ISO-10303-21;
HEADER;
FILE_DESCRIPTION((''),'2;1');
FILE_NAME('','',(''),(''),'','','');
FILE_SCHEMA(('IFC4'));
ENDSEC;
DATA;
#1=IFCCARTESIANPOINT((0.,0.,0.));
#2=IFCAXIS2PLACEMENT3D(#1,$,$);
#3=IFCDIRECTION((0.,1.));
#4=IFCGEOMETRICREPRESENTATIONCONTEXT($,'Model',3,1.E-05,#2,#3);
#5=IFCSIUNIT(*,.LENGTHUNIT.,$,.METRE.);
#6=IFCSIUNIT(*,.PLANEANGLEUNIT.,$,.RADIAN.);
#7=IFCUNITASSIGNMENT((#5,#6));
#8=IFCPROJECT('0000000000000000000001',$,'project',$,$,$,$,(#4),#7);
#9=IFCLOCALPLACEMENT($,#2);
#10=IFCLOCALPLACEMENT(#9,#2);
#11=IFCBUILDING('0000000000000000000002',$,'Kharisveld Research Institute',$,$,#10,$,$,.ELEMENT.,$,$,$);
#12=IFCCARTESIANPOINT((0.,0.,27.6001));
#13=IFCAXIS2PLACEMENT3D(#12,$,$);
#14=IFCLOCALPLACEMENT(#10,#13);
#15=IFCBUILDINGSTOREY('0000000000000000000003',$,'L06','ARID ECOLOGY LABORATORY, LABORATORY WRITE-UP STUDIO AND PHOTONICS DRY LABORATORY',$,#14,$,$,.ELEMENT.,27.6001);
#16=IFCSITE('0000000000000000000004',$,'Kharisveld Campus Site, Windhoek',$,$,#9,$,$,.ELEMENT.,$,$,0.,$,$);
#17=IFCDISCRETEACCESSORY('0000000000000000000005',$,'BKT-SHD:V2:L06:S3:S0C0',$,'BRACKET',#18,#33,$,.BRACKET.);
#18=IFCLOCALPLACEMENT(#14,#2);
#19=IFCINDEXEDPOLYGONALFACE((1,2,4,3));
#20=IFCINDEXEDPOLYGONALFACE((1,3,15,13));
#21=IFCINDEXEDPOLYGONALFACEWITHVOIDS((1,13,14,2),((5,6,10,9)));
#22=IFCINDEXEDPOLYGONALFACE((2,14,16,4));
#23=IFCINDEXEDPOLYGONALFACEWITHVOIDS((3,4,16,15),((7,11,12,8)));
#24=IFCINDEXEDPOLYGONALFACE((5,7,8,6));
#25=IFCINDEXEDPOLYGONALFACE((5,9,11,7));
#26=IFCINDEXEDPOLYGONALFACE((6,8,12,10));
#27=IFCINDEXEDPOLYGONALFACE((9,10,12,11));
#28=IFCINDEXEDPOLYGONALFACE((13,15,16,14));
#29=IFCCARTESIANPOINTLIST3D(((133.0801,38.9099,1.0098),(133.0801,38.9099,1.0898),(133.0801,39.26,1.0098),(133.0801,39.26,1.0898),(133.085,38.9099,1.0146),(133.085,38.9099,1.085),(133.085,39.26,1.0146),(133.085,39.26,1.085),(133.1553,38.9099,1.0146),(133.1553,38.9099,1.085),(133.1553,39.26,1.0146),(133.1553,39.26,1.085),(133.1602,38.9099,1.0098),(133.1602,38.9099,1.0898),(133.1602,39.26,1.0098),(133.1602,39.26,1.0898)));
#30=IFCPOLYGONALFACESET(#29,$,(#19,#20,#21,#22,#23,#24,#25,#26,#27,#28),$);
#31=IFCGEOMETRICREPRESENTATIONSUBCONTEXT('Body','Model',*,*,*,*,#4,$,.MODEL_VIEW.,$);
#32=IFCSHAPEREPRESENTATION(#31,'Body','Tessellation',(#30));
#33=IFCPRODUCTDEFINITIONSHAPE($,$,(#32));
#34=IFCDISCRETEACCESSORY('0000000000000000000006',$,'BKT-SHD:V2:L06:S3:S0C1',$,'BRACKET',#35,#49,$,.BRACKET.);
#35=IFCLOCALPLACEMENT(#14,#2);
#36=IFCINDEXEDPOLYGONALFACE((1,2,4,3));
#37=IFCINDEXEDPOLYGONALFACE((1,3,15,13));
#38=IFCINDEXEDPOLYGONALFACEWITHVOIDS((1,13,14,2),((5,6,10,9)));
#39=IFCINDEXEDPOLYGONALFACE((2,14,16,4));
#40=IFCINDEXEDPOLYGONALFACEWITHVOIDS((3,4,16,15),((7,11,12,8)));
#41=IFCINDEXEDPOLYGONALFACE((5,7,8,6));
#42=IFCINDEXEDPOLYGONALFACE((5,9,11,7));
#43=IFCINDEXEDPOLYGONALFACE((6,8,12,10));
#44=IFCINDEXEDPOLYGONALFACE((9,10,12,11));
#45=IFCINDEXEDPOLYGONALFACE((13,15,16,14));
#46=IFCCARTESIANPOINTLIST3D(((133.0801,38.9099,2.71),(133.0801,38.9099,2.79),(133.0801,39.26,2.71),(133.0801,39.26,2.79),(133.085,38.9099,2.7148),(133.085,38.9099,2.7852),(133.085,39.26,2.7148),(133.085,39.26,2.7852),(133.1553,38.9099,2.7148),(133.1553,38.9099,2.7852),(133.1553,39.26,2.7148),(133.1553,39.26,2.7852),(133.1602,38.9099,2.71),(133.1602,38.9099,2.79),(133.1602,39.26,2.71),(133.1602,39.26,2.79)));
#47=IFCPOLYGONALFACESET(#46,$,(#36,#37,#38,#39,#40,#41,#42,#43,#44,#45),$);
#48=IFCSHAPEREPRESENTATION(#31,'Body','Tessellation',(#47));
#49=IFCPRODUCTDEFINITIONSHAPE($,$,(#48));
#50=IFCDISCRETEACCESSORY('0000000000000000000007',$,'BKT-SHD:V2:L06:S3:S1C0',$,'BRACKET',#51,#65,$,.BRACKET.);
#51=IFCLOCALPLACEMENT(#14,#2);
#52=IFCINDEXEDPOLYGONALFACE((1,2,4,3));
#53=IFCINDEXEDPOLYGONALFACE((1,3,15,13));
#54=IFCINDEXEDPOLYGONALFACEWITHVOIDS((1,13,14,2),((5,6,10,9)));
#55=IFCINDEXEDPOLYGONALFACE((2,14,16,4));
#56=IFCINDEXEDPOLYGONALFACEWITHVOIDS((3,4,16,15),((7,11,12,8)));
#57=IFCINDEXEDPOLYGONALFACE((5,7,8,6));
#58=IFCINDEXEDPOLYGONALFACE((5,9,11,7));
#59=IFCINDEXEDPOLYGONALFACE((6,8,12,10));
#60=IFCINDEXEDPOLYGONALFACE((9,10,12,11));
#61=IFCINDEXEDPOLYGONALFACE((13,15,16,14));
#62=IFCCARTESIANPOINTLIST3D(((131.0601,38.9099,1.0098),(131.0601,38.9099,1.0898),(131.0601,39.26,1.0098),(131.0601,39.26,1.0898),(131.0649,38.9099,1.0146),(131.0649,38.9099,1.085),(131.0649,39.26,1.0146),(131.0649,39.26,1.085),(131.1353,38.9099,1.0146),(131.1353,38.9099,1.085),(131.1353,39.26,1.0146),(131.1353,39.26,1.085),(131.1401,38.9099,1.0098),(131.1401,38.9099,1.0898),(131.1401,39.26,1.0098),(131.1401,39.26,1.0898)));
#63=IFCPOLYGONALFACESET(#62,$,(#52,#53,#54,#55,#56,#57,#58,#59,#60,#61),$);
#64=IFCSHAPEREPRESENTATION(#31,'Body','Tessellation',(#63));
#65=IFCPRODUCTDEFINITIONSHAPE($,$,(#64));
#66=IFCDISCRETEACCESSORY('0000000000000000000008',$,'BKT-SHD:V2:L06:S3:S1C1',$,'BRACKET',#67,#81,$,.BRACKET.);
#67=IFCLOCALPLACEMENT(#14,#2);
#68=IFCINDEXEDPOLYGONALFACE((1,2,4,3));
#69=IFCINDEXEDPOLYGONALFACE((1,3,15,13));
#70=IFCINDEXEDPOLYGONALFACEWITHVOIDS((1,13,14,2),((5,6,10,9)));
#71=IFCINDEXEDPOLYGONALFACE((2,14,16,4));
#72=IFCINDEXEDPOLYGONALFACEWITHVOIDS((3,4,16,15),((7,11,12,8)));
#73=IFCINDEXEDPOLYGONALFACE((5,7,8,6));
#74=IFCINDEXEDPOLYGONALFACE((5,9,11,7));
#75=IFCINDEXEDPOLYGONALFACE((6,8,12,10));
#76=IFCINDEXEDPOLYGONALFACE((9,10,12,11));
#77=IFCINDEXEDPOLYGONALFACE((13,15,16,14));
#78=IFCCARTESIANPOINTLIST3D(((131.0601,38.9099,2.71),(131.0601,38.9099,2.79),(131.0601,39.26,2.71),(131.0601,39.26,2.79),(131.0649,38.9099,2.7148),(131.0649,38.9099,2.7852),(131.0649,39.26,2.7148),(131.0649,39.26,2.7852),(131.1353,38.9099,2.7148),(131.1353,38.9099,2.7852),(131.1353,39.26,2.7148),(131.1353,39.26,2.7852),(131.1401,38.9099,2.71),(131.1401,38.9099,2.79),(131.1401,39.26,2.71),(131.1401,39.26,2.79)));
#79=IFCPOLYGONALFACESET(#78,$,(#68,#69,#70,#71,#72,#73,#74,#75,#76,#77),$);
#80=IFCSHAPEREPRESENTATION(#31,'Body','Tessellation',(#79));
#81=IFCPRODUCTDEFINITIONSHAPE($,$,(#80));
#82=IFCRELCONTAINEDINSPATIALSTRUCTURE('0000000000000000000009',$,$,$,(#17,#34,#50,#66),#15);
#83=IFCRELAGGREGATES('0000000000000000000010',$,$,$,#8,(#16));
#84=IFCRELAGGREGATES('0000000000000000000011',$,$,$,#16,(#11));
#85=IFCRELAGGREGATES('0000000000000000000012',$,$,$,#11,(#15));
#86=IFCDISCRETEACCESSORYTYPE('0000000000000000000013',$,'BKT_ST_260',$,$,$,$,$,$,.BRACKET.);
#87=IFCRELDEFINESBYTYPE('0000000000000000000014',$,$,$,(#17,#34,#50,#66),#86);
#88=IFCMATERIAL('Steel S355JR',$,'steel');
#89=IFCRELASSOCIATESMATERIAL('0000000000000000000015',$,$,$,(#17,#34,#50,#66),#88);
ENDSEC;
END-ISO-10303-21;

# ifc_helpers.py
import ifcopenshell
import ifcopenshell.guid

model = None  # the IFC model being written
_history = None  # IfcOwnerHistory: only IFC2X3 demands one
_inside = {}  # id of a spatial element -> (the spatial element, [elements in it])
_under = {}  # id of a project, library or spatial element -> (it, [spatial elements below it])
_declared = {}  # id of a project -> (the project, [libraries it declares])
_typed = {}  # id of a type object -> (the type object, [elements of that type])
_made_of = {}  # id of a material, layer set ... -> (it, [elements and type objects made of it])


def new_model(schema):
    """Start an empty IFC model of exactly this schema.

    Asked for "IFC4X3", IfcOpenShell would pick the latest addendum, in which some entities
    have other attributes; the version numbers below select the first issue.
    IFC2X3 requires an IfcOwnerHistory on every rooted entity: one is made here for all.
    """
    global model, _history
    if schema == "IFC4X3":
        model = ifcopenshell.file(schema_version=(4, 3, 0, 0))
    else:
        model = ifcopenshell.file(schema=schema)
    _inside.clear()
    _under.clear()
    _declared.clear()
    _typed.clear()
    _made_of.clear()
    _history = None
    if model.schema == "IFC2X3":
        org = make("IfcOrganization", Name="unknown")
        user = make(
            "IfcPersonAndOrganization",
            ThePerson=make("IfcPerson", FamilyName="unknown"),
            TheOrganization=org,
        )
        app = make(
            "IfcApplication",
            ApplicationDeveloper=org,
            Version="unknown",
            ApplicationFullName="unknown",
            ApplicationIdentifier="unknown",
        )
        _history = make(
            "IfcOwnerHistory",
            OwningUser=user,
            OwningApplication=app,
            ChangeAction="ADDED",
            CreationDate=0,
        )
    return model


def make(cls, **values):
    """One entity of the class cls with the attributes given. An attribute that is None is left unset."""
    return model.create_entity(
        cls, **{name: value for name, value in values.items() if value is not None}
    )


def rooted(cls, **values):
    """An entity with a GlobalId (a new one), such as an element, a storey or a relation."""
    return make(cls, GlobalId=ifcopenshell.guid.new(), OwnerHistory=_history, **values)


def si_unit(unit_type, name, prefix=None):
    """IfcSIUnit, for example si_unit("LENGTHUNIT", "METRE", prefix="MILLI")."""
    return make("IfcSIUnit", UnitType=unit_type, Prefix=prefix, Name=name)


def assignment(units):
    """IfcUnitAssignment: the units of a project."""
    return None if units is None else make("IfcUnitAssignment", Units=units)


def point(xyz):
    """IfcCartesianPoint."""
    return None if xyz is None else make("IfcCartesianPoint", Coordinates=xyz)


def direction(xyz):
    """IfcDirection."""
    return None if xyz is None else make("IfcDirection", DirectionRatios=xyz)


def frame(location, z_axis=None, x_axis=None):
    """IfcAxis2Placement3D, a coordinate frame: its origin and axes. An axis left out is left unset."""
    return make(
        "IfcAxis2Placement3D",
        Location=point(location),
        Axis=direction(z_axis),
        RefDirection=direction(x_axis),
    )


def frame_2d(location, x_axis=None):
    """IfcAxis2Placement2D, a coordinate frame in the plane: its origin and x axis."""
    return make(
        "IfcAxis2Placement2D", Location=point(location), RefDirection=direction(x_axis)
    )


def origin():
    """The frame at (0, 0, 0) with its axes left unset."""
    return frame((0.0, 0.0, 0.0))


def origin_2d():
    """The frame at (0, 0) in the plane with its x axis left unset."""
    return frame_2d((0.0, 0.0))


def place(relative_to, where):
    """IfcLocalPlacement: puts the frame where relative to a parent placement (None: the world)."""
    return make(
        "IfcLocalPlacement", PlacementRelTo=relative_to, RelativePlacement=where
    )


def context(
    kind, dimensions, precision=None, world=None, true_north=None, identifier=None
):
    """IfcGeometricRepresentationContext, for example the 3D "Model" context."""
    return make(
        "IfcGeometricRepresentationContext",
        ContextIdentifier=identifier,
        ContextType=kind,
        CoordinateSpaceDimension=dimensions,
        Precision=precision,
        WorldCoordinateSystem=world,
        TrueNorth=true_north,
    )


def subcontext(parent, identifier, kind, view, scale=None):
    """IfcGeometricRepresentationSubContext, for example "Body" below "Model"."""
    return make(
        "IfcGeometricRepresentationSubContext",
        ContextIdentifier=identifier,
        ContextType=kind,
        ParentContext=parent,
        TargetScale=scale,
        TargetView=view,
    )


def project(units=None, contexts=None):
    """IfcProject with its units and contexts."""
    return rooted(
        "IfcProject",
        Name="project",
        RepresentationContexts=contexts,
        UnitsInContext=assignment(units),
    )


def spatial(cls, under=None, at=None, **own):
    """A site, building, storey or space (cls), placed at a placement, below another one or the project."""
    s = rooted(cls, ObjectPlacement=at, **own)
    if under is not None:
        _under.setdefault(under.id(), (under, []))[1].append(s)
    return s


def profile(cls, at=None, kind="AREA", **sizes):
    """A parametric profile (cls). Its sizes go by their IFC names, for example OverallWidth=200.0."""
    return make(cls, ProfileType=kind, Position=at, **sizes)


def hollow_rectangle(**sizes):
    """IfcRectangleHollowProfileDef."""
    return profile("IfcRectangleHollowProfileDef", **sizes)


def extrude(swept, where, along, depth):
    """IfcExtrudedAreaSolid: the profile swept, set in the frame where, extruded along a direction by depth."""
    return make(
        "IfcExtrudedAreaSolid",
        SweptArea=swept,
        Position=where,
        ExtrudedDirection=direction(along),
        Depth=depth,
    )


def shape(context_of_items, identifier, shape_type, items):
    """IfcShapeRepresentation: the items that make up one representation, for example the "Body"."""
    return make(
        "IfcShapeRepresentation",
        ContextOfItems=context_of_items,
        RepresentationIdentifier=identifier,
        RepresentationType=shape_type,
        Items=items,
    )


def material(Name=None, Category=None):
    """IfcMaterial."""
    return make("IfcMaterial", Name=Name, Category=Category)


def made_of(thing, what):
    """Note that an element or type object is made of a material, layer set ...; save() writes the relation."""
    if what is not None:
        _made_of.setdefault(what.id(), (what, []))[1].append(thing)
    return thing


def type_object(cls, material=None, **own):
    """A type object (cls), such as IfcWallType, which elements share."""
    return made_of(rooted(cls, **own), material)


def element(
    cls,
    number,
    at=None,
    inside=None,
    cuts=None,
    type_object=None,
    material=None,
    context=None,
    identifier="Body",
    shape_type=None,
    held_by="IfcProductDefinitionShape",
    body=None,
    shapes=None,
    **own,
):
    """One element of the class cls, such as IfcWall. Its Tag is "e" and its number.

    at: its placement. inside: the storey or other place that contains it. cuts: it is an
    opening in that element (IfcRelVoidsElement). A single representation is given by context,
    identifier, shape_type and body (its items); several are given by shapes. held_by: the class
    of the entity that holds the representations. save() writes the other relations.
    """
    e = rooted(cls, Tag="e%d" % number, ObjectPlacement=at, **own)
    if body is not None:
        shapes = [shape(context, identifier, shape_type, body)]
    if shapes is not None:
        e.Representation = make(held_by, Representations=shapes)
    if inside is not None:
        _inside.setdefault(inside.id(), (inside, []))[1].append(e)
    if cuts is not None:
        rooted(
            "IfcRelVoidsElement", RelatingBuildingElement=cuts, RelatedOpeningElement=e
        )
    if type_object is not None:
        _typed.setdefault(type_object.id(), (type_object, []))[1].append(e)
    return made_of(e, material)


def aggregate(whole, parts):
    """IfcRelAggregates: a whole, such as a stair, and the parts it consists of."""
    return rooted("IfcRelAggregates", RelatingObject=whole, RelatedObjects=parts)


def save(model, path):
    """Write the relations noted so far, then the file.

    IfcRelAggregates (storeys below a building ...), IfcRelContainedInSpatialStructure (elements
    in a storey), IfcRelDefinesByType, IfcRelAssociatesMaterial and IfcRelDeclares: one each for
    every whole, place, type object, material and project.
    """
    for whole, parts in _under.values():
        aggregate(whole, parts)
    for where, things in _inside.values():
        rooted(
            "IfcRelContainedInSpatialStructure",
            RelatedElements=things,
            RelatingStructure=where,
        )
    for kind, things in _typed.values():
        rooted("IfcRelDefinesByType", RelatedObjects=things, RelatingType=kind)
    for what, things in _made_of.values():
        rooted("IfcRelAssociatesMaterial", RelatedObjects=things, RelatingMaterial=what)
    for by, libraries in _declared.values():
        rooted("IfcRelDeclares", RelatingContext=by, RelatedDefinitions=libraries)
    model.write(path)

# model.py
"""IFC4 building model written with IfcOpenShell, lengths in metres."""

from ifc_helpers import new_model, si_unit, direction, frame, origin, origin_2d, place, context, subcontext, project, spatial, hollow_rectangle, extrude, material, type_object, element, save


model = new_model("IFC4")

# Units and contexts
model_context = context("Model", 3, precision=1e-05, world=origin(), true_north=direction((0.0, 1.0)))
body_context = subcontext(model_context, "Body", "Model", "MODEL_VIEW")
ifc_project = project(units=[si_unit("LENGTHUNIT", "METRE"), si_unit("PLANEANGLEUNIT", "RADIAN")], contexts=[model_context])

# Site, building, storey
site_placement = place(None, origin())
site = spatial("IfcSite", under=ifc_project, at=site_placement, Name="Kharisveld Campus Site, Windhoek", CompositionType="ELEMENT", RefElevation=0.0)
building_placement = place(site_placement, origin())
building = spatial("IfcBuilding", under=site, at=building_placement, Name="Kharisveld Research Institute", CompositionType="ELEMENT")
storey_placement = place(building_placement, frame((0.0, 0.0, 27.6001)))
storey = spatial("IfcBuildingStorey", under=building, at=storey_placement, Name="L06", Description="ARID ECOLOGY LABORATORY, LABORATORY WRITE-UP STUDIO AND PHOTONICS DRY LABORATORY", CompositionType="ELEMENT", Elevation=27.6001)

# Discrete accessories
ifc_material_1 = material(Name="Steel S355JR", Category="steel")
discrete_accessory_type = type_object("IfcDiscreteAccessoryType", Name="BKT_ST_260", PredefinedType="BRACKET")
for number, where, z_axis, x_axis, name in (
    (1, (133.1201, 39.26, 1.0498), (0.0, -1.0, 0.0), (1.0, 0.0, 0.0), "BKT-SHD:V2:L06:S3:S0C0"),
    (2, (133.1201, 39.26, 2.75), (0.0, -1.0, 0.0), (1.0, 0.0, 0.0), "BKT-SHD:V2:L06:S3:S0C1"),
    (3, (131.1001, 39.26, 1.0498), (0.0, -1.0, 0.0), (1.0, 0.0, 0.0), "BKT-SHD:V2:L06:S3:S1C0"),
    (4, (131.1001, 39.26, 2.75), (0.0, -1.0, 0.0), (1.0, 0.0, 0.0), "BKT-SHD:V2:L06:S3:S1C1"),
):
    element("IfcDiscreteAccessory", number, at=place(storey_placement, frame(where, z_axis=z_axis, x_axis=x_axis)), inside=storey, type_object=discrete_accessory_type, material=ifc_material_1, Name=name, ObjectType="BRACKET", PredefinedType="BRACKET", context=body_context, shape_type="SweptSolid", body=[
        extrude(hollow_rectangle(XDim=0.0801, YDim=0.0801, WallThickness=0.0049, at=origin_2d()), origin(), (0.0, 0.0, 1.0), 0.3501),
    ])

save(model, "model.ifc")
